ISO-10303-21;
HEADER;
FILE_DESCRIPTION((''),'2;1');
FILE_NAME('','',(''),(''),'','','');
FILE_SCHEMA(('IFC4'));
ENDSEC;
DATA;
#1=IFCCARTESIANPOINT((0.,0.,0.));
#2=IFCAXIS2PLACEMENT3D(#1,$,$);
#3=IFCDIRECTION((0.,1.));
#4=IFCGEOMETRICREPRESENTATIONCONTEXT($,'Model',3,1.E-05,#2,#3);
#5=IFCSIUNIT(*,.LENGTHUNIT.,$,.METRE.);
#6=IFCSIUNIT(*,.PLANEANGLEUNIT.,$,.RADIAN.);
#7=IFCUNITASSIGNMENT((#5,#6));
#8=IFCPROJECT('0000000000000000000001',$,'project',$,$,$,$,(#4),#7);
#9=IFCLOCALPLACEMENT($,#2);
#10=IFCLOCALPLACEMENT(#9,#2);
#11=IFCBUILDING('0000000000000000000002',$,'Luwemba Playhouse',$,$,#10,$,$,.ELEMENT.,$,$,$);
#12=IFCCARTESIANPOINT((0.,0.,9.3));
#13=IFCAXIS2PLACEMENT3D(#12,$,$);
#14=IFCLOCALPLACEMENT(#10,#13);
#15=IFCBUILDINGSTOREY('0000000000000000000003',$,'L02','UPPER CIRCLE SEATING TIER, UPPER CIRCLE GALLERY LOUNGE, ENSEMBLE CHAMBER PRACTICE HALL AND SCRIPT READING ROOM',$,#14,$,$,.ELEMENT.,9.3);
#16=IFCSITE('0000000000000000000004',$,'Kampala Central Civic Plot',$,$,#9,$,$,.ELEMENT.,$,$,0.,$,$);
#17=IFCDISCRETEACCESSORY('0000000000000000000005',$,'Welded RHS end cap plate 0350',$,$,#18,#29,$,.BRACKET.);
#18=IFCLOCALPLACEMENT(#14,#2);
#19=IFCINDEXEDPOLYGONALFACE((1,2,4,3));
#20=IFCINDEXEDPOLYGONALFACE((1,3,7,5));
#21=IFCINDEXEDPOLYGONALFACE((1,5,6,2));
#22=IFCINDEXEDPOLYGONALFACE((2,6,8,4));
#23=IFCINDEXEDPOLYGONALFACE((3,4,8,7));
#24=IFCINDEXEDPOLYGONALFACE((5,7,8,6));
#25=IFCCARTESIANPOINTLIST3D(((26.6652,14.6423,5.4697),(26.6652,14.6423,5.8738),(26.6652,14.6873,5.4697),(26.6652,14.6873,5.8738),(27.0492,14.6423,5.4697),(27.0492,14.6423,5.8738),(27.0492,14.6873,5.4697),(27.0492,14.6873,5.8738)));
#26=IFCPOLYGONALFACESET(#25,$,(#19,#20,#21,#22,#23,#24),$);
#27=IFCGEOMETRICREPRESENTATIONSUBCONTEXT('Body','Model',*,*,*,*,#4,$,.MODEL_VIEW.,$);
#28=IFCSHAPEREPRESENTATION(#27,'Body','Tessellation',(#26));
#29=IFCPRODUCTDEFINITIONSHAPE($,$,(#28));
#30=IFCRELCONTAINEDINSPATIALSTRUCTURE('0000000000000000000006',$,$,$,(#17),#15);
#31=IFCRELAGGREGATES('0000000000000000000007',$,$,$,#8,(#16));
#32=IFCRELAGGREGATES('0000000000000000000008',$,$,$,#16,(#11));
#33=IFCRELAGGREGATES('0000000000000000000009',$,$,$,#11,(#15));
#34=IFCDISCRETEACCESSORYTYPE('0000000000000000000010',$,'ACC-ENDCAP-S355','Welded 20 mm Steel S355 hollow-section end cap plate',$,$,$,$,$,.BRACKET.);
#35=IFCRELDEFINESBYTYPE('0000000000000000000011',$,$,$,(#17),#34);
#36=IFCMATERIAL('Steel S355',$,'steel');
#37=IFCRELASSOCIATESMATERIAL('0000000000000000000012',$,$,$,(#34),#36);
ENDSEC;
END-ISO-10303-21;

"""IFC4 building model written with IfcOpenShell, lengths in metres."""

from ifc_helpers import new_model, si_unit, direction, frame, origin, origin_2d, place, context, subcontext, project, spatial, rectangle, extrude, material, type_object, element, save


model = new_model("IFC4")

# Units and contexts
model_context = context("Model", 3, precision=1e-05, world=origin(), true_north=direction((0.0, 1.0)))
body_context = subcontext(model_context, "Body", "Model", "MODEL_VIEW")
ifc_project = project(units=[si_unit("LENGTHUNIT", "METRE"), si_unit("PLANEANGLEUNIT", "RADIAN")], contexts=[model_context])

# Site, building, storey
site_placement = place(None, origin())
site = spatial("IfcSite", under=ifc_project, at=site_placement, Name="Kampala Central Civic Plot", CompositionType="ELEMENT", RefElevation=0.0)
building_placement = place(site_placement, origin())
building = spatial("IfcBuilding", under=site, at=building_placement, Name="Luwemba Playhouse", CompositionType="ELEMENT")
storey_placement = place(building_placement, frame((0.0, 0.0, 9.3)))
storey = spatial("IfcBuildingStorey", under=building, at=storey_placement, Name="L02", Description="UPPER CIRCLE SEATING TIER, UPPER CIRCLE GALLERY LOUNGE, ENSEMBLE CHAMBER PRACTICE HALL AND SCRIPT READING ROOM", CompositionType="ELEMENT", Elevation=9.3)

# Shared definitions
ifc_material_1 = material(Name="Steel S355", Category="steel")

# Discrete accessory
discrete_accessory_type = type_object("IfcDiscreteAccessoryType", Name="ACC-ENDCAP-S355", Description="Welded 20 mm Steel S355 hollow-section end cap plate", PredefinedType="BRACKET", material=ifc_material_1)
discrete_accessory_1_placement = place(storey_placement, frame((26.8572, 14.6648, 5.4697), z_axis=(0.0, 0.0, 1.0), x_axis=(1.0, 0.0, 0.0)))
element("IfcDiscreteAccessory", 1, at=discrete_accessory_1_placement, inside=storey, type_object=discrete_accessory_type, Name="Welded RHS end cap plate 0350", PredefinedType="BRACKET", context=body_context, shape_type="SweptSolid", body=[
    extrude(rectangle(XDim=0.384, YDim=0.0449, at=origin_2d()), origin(), (0.0, 0.0, 1.0), 0.4041),
])

save(model, "model.ifc")
